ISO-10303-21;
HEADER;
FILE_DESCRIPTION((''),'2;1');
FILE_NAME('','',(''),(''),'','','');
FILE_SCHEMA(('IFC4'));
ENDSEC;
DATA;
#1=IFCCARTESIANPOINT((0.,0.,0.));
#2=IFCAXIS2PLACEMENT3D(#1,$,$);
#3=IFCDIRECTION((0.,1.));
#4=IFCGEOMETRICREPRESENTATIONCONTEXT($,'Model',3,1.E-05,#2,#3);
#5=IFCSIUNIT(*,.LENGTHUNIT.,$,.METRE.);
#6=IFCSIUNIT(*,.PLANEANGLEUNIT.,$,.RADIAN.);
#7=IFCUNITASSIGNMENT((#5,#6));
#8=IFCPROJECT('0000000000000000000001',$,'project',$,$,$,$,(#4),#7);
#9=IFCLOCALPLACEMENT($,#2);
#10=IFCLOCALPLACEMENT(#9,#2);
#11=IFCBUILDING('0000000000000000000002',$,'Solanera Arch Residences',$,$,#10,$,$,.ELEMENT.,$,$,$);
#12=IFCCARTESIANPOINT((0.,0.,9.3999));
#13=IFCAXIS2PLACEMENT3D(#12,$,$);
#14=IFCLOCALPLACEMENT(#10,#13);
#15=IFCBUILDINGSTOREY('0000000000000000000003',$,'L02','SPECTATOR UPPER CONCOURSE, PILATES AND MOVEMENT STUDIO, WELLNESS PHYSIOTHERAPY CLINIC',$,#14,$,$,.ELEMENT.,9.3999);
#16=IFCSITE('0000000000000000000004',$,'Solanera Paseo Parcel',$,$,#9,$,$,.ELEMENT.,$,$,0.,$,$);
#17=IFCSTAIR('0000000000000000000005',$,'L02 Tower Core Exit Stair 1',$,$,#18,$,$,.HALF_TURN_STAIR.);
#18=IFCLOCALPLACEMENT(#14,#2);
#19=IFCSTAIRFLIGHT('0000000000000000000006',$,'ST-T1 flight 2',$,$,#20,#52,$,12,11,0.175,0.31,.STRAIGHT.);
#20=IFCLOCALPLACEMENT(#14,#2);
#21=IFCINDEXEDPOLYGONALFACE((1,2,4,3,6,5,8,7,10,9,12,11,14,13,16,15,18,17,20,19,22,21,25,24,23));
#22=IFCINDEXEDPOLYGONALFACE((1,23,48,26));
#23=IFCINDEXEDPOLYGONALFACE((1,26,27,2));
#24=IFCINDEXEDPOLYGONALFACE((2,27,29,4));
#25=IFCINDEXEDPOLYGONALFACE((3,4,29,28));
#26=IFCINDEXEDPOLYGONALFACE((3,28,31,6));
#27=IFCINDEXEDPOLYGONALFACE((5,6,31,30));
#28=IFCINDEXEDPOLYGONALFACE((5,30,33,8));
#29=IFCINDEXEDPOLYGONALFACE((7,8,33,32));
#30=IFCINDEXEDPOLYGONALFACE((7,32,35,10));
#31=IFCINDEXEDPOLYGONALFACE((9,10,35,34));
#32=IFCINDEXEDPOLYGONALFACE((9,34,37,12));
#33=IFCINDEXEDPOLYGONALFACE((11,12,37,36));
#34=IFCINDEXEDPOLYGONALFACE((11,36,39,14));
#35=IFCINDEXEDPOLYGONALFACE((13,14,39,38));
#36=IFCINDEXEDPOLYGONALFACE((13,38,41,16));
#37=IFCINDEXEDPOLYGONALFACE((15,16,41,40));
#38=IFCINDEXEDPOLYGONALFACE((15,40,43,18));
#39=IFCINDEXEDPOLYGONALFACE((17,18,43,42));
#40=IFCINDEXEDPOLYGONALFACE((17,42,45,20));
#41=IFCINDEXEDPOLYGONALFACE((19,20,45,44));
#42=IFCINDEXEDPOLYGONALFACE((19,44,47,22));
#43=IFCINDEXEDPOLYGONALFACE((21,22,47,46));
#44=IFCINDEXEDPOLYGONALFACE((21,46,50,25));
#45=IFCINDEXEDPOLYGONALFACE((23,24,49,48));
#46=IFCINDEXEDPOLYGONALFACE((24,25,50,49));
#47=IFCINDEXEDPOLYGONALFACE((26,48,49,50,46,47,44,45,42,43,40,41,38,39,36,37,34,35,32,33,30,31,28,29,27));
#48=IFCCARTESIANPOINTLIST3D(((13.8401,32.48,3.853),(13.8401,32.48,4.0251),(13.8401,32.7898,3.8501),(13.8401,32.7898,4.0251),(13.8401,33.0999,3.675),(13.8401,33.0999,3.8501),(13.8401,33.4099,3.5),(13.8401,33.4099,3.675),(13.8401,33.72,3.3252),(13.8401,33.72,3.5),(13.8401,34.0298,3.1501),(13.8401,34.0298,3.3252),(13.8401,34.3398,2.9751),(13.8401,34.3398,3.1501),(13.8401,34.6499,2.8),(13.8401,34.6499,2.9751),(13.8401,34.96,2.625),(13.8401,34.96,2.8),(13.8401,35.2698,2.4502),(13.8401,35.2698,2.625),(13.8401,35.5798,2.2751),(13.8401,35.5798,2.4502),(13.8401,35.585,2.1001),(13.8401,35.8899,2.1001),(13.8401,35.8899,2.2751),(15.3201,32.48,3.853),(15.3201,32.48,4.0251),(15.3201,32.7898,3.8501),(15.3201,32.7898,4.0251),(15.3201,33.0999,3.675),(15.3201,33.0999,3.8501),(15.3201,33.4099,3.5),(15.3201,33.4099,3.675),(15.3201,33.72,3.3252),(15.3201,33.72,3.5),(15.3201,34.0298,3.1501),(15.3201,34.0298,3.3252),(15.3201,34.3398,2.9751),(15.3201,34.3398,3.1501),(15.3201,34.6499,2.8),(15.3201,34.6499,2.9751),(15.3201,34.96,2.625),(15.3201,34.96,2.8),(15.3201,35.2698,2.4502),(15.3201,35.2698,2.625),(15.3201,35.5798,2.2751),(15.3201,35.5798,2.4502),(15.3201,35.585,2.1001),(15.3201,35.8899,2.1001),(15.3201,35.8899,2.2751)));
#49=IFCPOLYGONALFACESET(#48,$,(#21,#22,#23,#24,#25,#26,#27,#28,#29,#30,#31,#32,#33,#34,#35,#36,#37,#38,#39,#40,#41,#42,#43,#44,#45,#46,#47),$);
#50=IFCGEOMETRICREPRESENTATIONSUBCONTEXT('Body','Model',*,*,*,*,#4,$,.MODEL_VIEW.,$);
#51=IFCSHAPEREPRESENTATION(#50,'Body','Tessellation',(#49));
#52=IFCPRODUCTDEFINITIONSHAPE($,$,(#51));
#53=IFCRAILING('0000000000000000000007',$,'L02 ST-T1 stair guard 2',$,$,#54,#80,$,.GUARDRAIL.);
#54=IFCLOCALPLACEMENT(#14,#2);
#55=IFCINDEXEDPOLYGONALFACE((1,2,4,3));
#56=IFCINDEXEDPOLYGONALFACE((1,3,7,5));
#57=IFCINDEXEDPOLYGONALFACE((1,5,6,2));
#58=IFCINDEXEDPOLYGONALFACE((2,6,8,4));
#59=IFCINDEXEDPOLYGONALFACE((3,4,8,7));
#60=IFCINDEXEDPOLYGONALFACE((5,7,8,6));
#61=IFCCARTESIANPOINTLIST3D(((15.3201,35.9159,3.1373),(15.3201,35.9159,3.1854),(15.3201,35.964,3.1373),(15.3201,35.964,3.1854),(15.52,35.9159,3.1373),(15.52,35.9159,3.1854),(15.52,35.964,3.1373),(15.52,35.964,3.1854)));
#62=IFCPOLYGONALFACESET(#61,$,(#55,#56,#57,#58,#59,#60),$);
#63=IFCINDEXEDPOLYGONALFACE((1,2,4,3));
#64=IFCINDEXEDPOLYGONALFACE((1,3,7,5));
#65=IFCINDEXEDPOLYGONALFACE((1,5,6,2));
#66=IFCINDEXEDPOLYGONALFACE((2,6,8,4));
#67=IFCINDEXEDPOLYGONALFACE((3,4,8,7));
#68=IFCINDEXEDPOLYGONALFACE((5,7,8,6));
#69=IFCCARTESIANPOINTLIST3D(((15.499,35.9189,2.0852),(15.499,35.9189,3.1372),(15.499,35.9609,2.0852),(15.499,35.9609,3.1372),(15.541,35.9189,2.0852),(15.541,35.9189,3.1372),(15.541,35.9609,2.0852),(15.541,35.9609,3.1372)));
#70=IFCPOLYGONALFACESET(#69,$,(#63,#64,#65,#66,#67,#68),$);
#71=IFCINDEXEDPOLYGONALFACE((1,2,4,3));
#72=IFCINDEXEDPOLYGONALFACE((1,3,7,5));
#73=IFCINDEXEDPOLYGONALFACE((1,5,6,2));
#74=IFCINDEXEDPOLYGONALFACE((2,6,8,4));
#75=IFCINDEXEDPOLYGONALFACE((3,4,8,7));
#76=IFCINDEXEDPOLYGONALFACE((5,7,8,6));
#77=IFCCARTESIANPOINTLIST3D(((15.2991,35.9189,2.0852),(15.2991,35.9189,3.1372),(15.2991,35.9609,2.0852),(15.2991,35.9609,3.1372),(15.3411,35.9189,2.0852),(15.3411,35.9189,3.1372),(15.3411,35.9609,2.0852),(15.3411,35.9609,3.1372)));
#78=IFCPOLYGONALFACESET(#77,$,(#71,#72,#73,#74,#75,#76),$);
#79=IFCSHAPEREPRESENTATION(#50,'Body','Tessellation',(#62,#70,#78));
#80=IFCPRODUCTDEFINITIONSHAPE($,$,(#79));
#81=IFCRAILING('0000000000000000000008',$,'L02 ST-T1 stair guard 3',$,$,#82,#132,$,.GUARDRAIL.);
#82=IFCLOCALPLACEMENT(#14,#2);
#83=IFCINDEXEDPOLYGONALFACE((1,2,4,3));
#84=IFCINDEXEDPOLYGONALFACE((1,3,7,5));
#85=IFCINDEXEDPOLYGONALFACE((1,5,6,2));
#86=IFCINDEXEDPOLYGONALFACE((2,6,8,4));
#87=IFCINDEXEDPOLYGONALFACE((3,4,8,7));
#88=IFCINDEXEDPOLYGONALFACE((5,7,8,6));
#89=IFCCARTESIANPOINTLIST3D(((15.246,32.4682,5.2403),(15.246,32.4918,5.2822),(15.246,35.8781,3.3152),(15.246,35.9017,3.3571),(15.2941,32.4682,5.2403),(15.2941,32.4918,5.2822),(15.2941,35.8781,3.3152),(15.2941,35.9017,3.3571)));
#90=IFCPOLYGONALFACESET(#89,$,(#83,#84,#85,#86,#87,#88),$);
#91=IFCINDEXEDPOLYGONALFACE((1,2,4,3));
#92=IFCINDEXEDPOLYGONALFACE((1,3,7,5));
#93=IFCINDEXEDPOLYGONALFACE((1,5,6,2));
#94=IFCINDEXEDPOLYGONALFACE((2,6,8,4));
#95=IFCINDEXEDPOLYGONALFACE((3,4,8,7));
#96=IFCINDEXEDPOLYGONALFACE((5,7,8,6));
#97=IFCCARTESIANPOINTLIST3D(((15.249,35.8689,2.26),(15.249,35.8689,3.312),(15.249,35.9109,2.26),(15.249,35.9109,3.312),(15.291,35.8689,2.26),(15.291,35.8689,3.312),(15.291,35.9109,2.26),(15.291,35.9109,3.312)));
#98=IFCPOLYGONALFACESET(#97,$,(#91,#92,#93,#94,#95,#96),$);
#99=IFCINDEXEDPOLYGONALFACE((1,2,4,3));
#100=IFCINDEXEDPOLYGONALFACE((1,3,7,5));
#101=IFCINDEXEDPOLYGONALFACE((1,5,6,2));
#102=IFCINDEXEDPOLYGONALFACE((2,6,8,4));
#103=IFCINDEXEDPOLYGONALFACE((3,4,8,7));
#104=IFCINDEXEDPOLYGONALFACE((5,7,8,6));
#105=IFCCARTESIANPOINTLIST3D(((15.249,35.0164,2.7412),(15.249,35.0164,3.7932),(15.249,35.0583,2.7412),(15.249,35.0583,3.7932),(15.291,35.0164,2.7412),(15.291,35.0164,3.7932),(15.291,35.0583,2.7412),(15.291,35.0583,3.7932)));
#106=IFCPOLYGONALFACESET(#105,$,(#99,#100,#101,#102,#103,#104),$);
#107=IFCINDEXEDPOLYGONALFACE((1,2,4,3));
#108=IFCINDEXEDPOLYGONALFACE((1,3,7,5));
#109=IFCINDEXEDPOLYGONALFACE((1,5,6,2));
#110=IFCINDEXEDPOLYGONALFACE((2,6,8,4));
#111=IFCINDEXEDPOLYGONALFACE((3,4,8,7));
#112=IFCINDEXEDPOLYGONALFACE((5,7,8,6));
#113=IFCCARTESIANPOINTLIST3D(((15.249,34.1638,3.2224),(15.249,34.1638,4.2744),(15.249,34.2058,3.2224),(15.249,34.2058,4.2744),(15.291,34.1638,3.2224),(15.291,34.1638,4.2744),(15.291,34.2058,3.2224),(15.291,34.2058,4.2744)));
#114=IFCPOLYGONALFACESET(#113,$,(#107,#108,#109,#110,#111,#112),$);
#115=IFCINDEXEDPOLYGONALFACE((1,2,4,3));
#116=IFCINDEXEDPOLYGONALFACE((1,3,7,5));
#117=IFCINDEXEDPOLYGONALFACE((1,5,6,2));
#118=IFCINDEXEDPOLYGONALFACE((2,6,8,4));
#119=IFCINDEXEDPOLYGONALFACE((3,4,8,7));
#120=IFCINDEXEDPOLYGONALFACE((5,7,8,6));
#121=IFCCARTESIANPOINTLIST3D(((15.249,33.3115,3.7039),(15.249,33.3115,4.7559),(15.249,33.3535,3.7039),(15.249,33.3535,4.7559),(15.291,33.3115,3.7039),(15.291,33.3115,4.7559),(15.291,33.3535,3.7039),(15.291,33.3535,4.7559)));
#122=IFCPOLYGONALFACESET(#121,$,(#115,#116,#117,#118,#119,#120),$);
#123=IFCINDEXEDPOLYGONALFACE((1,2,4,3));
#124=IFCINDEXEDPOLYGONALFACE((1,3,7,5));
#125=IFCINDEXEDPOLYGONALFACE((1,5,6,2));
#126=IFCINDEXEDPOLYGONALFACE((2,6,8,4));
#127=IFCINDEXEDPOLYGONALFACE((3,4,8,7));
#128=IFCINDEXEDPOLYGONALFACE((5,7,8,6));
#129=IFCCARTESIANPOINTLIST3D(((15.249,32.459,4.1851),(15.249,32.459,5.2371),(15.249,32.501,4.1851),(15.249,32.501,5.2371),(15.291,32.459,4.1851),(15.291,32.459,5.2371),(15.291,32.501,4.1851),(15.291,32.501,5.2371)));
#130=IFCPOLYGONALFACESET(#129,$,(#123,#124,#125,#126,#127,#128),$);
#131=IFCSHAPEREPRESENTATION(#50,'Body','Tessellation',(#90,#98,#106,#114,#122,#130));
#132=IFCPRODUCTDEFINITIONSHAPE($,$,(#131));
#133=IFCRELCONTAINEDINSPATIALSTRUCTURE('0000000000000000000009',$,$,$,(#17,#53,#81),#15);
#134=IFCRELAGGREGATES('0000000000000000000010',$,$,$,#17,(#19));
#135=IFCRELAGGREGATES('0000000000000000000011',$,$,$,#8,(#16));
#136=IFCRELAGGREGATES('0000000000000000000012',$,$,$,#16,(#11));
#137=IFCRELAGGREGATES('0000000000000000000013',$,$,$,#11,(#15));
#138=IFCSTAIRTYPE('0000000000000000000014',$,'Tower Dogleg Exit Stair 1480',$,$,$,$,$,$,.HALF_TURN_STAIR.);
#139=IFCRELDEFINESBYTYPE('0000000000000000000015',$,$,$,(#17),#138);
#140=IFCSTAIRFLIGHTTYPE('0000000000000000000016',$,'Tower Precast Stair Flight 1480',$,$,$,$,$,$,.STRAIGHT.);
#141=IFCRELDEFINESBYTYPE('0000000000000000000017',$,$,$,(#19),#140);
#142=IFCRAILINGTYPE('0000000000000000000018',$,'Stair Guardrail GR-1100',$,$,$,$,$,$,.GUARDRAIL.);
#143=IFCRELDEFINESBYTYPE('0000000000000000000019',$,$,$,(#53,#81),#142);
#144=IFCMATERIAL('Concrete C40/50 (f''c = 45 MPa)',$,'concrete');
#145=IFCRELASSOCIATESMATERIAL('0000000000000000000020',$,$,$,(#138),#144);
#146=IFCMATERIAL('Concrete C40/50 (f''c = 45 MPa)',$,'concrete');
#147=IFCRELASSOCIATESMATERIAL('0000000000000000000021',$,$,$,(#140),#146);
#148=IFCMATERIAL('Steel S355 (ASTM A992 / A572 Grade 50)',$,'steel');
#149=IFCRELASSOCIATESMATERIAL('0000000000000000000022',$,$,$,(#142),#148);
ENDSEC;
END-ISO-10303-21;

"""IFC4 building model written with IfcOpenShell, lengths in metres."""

from ifc_helpers import new_model, si_unit, direction, frame, origin, origin_2d, place, context, subcontext, project, spatial, polyline, rectangle, outline, extrude, material, type_object, element, aggregate, save


model = new_model("IFC4")

# Units and contexts
model_context = context("Model", 3, precision=1e-05, world=origin(), true_north=direction((0.0, 1.0)))
body_context = subcontext(model_context, "Body", "Model", "MODEL_VIEW")
ifc_project = project(units=[si_unit("LENGTHUNIT", "METRE"), si_unit("PLANEANGLEUNIT", "RADIAN")], contexts=[model_context])

# Site, building, storey
site_placement = place(None, origin())
site = spatial("IfcSite", under=ifc_project, at=site_placement, Name="Solanera Paseo Parcel", CompositionType="ELEMENT", RefElevation=0.0)
building_placement = place(site_placement, origin())
building = spatial("IfcBuilding", under=site, at=building_placement, Name="Solanera Arch Residences", CompositionType="ELEMENT")
storey_placement = place(building_placement, frame((0.0, 0.0, 9.3999)))
storey = spatial("IfcBuildingStorey", under=building, at=storey_placement, Name="L02", Description="SPECTATOR UPPER CONCOURSE, PILATES AND MOVEMENT STUDIO, WELLNESS PHYSIOTHERAPY CLINIC", CompositionType="ELEMENT", Elevation=9.3999)

# Stair, stair flight
ifc_material_1 = material(Name="Concrete C40/50 (f'c = 45 MPa)", Category="concrete")
stair_type = type_object("IfcStairType", Name="Tower Dogleg Exit Stair 1480", PredefinedType="HALF_TURN_STAIR", material=ifc_material_1)
stair_placement = place(storey_placement, origin())
stair = element("IfcStair", 1, at=stair_placement, inside=storey, type_object=stair_type, Name="L02 Tower Core Exit Stair 1", PredefinedType="HALF_TURN_STAIR")
ifc_material_2 = material(Name="Concrete C40/50 (f'c = 45 MPa)", Category="concrete")
stair_flight_type = type_object("IfcStairFlightType", Name="Tower Precast Stair Flight 1480", PredefinedType="STRAIGHT", material=ifc_material_2)
stair_flight_placement = place(storey_placement, frame((14.5801, 35.8899, 2.1001), z_axis=(0.0, 0.0, 1.0), x_axis=(0.0, -1.0, 0.0)))
stair_flight = element("IfcStairFlight", 2, at=stair_flight_placement, type_object=stair_flight_type, Name="ST-T1 flight 2", NumberOfRisers=12, NumberOfTreads=11, PredefinedType="STRAIGHT", RiserHeight=0.175, TreadLength=0.31, context=body_context, shape_type="SweptSolid", body=[
    extrude(outline(polyline([(0.0, 0.0), (0.0, 0.175), (0.3101, 0.175), (0.3101, 0.3501), (0.6201, 0.3501), (0.6201, 0.5249), (0.9299, 0.5249), (0.9299, 0.7), (1.24, 0.7), (1.24, 0.875), (1.55, 0.875), (1.55, 1.05), (1.8601, 1.05), (1.8601, 1.2251), (2.1699, 1.2251), (2.1699, 1.3999), (2.48, 1.3999), (2.48, 1.575), (2.79, 1.575), (2.79, 1.75), (3.1001, 1.75), (3.1001, 1.925), (3.4099, 1.925), (3.4099, 2.1001), (3.4099, 1.7529), (0.3049, 0.0), (0.0, 0.0)])), frame((0.0, 0.74, 0.0), z_axis=(0.0, -1.0, 0.0), x_axis=(1.0, 0.0, 0.0)), (0.0, 0.0, 1.0), 1.48),
])
aggregate(stair, [stair_flight])

# Railings
ifc_material_3 = material(Name="Steel S355 (ASTM A992 / A572 Grade 50)", Category="steel")
railing_type = type_object("IfcRailingType", Name="Stair Guardrail GR-1100", PredefinedType="GUARDRAIL", material=ifc_material_3)
railing_1_placement = place(storey_placement, frame((15.52, 35.9399, 2.0852)))
element("IfcRailing", 3, at=railing_1_placement, inside=storey, type_object=railing_type, Name="L02 ST-T1 stair guard 2", PredefinedType="GUARDRAIL", context=body_context, shape_type="SweptSolid", body=[
    extrude(rectangle(XDim=0.0481, YDim=0.0481, at=origin_2d()), frame((0.0, 0.0, 1.0762), z_axis=(-1.0, 0.0, 0.0), x_axis=(0.0, -1.0, 0.0)), (0.0, 0.0, 1.0), 0.2),
    extrude(rectangle(XDim=0.042, YDim=0.042, at=origin_2d()), origin(), (0.0, 0.0, 1.0), 1.052),
    extrude(rectangle(XDim=0.042, YDim=0.042, at=origin_2d()), frame((-0.2, 0.0, 0.0)), (0.0, 0.0, 1.0), 1.052),
])
railing_2_placement = place(storey_placement, frame((15.27, 35.8899, 2.26)))
element("IfcRailing", 4, at=railing_2_placement, inside=storey, type_object=railing_type, Name="L02 ST-T1 stair guard 3", PredefinedType="GUARDRAIL", context=body_context, shape_type="SweptSolid", body=[
    extrude(rectangle(XDim=0.0481, YDim=0.0481, at=origin_2d()), frame((0.0, 0.0, 1.0762), z_axis=(0.0, -0.870814, 0.491613), x_axis=(1.0, 0.0, 0.0)), (0.0, 0.0, 1.0), 3.9158),
    extrude(rectangle(XDim=0.042, YDim=0.042, at=origin_2d()), origin(), (0.0, 0.0, 1.0), 1.052),
    extrude(rectangle(XDim=0.042, YDim=0.042, at=origin_2d()), frame((0.0, -0.8525, 0.4812)), (0.0, 0.0, 1.0), 1.052),
    extrude(rectangle(XDim=0.042, YDim=0.042, at=origin_2d()), frame((0.0, -1.7051, 0.9624)), (0.0, 0.0, 1.0), 1.052),
    extrude(rectangle(XDim=0.042, YDim=0.042, at=origin_2d()), frame((0.0, -2.5574, 1.4438)), (0.0, 0.0, 1.0), 1.052),
    extrude(rectangle(XDim=0.042, YDim=0.042, at=origin_2d()), frame((0.0, -3.4099, 1.925)), (0.0, 0.0, 1.0), 1.052),
])

save(model, "model.ifc")
